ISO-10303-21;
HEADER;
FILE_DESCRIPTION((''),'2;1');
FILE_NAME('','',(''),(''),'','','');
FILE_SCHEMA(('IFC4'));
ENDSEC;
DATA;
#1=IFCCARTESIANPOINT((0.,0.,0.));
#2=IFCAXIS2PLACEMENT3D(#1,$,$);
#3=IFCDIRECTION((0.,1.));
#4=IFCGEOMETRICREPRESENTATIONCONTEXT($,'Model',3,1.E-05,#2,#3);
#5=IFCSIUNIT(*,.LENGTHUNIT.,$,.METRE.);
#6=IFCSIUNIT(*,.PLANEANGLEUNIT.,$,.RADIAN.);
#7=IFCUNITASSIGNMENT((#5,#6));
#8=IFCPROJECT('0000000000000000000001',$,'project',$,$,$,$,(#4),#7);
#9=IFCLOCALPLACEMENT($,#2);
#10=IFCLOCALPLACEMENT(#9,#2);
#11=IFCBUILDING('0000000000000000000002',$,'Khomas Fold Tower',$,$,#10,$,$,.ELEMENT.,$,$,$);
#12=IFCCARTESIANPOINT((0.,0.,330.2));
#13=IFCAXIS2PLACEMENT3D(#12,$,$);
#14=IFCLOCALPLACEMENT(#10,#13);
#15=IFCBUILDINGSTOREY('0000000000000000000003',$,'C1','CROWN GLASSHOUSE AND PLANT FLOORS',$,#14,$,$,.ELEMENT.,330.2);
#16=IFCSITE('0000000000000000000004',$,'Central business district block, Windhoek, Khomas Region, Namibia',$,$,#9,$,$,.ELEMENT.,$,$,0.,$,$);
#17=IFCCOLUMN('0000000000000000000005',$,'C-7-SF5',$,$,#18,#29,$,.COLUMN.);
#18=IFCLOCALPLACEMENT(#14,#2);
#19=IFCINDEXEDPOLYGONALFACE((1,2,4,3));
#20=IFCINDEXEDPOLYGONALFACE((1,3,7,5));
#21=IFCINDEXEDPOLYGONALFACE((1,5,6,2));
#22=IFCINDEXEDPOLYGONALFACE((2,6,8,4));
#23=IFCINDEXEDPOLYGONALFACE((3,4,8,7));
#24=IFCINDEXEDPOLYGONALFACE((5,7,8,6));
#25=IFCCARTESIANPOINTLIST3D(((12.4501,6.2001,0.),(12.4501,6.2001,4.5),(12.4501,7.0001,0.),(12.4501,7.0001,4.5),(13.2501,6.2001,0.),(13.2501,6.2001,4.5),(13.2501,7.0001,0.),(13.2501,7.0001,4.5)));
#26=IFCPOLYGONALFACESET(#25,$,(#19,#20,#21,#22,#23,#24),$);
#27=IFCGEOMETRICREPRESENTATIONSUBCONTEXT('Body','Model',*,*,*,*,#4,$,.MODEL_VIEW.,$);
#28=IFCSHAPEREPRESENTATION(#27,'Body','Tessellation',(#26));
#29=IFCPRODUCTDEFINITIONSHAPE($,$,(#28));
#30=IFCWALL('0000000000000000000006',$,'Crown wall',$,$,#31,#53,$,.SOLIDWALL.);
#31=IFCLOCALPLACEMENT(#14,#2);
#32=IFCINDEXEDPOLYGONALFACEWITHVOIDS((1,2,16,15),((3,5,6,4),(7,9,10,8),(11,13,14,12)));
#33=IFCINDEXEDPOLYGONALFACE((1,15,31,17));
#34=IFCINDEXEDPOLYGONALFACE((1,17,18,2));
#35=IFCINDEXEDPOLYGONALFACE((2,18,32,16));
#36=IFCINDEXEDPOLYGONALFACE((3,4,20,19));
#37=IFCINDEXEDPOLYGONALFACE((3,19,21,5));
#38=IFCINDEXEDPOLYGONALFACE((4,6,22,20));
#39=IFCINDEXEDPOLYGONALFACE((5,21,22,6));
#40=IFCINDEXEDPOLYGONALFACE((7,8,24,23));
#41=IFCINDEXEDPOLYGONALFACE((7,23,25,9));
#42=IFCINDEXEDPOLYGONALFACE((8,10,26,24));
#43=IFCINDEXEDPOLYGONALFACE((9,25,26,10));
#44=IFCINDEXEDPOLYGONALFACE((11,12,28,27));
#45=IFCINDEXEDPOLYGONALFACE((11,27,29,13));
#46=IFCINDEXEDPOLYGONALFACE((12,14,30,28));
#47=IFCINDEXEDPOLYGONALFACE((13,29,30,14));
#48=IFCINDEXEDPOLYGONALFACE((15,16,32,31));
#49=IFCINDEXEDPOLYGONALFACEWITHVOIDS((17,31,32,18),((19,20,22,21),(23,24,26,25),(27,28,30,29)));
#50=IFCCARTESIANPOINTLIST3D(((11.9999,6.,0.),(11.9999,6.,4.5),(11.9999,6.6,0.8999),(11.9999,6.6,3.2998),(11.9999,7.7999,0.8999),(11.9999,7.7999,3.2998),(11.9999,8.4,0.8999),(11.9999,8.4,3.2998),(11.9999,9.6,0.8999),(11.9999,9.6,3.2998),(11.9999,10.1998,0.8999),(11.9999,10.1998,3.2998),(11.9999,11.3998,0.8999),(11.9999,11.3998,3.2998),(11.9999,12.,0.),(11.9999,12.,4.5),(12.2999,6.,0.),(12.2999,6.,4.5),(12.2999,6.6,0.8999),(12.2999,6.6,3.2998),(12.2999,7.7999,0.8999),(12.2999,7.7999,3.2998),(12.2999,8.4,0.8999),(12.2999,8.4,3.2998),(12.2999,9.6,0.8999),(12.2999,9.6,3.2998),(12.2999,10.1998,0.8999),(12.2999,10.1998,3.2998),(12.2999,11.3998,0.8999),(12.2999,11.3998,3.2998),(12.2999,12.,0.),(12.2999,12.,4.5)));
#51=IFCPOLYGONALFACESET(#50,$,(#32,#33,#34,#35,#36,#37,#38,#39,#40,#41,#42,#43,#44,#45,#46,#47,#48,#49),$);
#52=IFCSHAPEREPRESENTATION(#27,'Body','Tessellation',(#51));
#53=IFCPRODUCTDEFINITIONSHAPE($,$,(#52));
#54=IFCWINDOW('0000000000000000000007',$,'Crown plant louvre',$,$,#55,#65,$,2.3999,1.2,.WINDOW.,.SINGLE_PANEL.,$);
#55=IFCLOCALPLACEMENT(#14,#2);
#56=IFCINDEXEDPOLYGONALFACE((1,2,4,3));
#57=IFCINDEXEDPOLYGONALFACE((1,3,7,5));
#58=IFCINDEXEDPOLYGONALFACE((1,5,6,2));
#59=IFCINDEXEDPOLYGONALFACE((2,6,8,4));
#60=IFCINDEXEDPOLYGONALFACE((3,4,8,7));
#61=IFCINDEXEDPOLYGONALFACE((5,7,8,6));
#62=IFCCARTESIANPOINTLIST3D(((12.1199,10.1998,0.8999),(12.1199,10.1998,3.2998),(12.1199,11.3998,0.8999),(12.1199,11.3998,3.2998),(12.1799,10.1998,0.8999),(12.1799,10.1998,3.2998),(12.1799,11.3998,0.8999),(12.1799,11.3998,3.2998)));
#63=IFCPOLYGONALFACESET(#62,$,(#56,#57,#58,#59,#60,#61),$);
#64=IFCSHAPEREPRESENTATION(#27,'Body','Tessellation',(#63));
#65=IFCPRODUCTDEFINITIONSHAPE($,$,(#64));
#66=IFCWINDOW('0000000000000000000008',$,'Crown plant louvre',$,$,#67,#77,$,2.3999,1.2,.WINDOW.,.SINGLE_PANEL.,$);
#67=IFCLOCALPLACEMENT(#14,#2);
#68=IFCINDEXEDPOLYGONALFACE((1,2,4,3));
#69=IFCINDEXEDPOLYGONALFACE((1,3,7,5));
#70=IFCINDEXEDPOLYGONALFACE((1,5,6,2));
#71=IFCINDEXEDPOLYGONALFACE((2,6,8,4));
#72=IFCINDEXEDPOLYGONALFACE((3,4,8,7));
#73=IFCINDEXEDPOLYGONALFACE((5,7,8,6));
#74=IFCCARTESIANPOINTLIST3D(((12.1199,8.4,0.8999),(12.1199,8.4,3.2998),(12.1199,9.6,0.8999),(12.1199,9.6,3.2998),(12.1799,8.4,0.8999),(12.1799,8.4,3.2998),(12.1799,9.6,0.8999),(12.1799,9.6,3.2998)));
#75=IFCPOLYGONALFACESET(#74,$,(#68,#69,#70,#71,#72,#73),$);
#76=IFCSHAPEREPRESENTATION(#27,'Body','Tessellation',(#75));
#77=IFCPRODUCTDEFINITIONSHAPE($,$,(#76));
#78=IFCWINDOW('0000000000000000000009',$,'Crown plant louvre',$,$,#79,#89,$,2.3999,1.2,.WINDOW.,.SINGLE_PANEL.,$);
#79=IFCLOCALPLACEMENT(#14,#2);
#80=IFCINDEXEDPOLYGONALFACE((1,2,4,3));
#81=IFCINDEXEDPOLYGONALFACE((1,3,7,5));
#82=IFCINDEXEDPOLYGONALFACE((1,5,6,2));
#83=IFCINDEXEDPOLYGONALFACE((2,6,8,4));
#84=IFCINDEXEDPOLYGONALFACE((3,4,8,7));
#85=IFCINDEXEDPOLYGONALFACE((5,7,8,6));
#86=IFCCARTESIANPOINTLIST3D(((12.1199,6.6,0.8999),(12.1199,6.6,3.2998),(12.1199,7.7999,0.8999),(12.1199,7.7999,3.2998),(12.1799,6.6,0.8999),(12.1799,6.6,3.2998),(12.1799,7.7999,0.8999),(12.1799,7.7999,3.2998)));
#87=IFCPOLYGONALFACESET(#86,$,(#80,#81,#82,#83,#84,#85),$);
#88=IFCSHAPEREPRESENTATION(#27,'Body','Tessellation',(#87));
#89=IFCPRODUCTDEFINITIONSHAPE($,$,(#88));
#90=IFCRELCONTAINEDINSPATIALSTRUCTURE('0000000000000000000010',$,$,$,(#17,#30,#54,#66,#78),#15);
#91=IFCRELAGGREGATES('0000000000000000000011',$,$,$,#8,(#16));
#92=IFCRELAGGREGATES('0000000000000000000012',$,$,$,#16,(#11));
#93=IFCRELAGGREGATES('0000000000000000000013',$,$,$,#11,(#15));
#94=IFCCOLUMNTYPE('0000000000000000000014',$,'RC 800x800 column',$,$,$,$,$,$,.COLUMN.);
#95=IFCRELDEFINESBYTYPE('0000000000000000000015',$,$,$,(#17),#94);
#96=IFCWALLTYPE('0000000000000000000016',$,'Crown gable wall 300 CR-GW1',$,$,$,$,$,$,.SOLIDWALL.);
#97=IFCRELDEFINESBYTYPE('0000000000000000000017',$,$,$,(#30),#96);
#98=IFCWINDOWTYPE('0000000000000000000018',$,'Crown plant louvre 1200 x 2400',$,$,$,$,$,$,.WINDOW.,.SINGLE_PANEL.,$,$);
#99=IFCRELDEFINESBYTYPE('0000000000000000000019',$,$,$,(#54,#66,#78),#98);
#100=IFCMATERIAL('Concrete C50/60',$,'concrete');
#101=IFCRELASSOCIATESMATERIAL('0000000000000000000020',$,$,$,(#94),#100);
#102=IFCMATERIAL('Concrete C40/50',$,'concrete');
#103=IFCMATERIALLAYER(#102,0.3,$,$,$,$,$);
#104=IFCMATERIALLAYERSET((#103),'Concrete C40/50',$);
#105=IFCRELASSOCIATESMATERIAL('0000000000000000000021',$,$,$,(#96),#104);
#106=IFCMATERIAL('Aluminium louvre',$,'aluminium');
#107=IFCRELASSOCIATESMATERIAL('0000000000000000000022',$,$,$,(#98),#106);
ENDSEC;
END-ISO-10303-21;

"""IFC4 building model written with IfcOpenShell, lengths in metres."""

from ifc_helpers import new_model, si_unit, direction, frame, frame_2d, origin, origin_2d, place, context, subcontext, project, spatial, rectangle, extrude, source, transform, mapped, material, layer, layer_set, material_profile, profile_set, type_object, element, fill, save


model = new_model("IFC4")

# Units and contexts
model_context = context("Model", 3, precision=1e-05, world=origin(), true_north=direction((0.0, 1.0)))
body_context = subcontext(model_context, "Body", "Model", "MODEL_VIEW")
ifc_project = project(units=[si_unit("LENGTHUNIT", "METRE"), si_unit("PLANEANGLEUNIT", "RADIAN")], contexts=[model_context])

# Site, building, storey
site_placement = place(None, origin())
site = spatial("IfcSite", under=ifc_project, at=site_placement, Name="Central business district block, Windhoek, Khomas Region, Namibia", CompositionType="ELEMENT", RefElevation=0.0)
building_placement = place(site_placement, origin())
building = spatial("IfcBuilding", under=site, at=building_placement, Name="Khomas Fold Tower", CompositionType="ELEMENT")
storey_placement = place(building_placement, frame((0.0, 0.0, 330.2)))
storey = spatial("IfcBuildingStorey", under=building, at=storey_placement, Name="C1", Description="CROWN GLASSHOUSE AND PLANT FLOORS", CompositionType="ELEMENT", Elevation=330.2)

# Column
ifc_material_1 = material(Name="Concrete C50/60", Category="concrete")
ifc_material_profile = material_profile(ifc_material_1, rectangle(XDim=0.8, YDim=0.8, at=origin_2d()), Name="RC 800x800")
ifc_profile_set = profile_set([ifc_material_profile], Name="Concrete C50/60")
column_type = type_object("IfcColumnType", Name="RC 800x800 column", PredefinedType="COLUMN", material=ifc_profile_set)
shared_shape_1 = source(origin(), body_context, "Body", "SweptSolid", [
    extrude(rectangle(XDim=0.8, YDim=0.8, at=origin_2d()), origin(), (0.0, 0.0, 1.0), 4.5),
])
column_placement = place(storey_placement, frame((12.8501, 6.6001, 0.0), z_axis=(0.0, 0.0, 1.0), x_axis=(1.0, 0.0, 0.0)))
element("IfcColumn", 1, at=column_placement, inside=storey, type_object=column_type, Name="C-7-SF5", PredefinedType="COLUMN", context=body_context, shape_type="MappedRepresentation", body=[
    mapped(shared_shape_1, transform((0.0, 0.0, 0.0))),
])

# Wall, openings, windows
ifc_material_2 = material(Name="Concrete C40/50", Category="concrete")
ifc_layer = layer(ifc_material_2, 0.3)
ifc_layer_set = layer_set([ifc_layer], Name="Concrete C40/50")
wall_type = type_object("IfcWallType", Name="Crown gable wall 300 CR-GW1", PredefinedType="SOLIDWALL", material=ifc_layer_set)
shared_shape_2 = source(origin(), body_context, "Body", "SweptSolid", [
    extrude(rectangle(XDim=6.0, YDim=0.3, at=frame_2d((3.0, 0.0))), origin(), (0.0, 0.0, 1.0), 4.5),
])
wall_placement = place(storey_placement, frame((12.1499, 12.0, 0.0), z_axis=(0.0, 0.0, 1.0), x_axis=(0.0, -1.0, 0.0)))
wall = element("IfcWall", 2, at=wall_placement, inside=storey, type_object=wall_type, Name="Crown wall", PredefinedType="SOLIDWALL", context=body_context, shape_type="MappedRepresentation", body=[
    mapped(shared_shape_2, transform((0.0, 0.0, 0.0))),
])
shared_shape_3 = source(origin(), body_context, "Body", "SweptSolid", [
    extrude(rectangle(XDim=1.2, YDim=2.3999, at=frame_2d((0.6001, 1.2))), frame((0.0, 0.1599, 0.0), z_axis=(0.0, -1.0, 0.0), x_axis=(1.0, 0.0, 0.0)), (0.0, 0.0, 1.0), 0.3201),
])
opening_1_placement = place(wall_placement, frame((0.6001, 0.0, 0.8999)))
opening_1 = element("IfcOpeningElement", 3, at=opening_1_placement, cuts=wall, PredefinedType="OPENING", context=body_context, shape_type="MappedRepresentation", body=[
    mapped(shared_shape_3, transform((0.0, 0.0, 0.0))),
])
opening_2_placement = place(wall_placement, frame((2.3999, 0.0, 0.8999)))
opening_2 = element("IfcOpeningElement", 4, at=opening_2_placement, cuts=wall, PredefinedType="OPENING", context=body_context, shape_type="MappedRepresentation", body=[
    mapped(shared_shape_3, transform((0.0, 0.0, 0.0))),
])
opening_3_placement = place(wall_placement, frame((4.2, 0.0, 0.8999)))
opening_3 = element("IfcOpeningElement", 5, at=opening_3_placement, cuts=wall, PredefinedType="OPENING", context=body_context, shape_type="MappedRepresentation", body=[
    mapped(shared_shape_3, transform((0.0, 0.0, 0.0))),
])
ifc_material_3 = material(Name="Aluminium louvre", Category="aluminium")
window_type = type_object("IfcWindowType", Name="Crown plant louvre 1200 x 2400", PartitioningType="SINGLE_PANEL", PredefinedType="WINDOW", material=ifc_material_3)
shared_shape_4 = source(origin(), body_context, "Body", "SweptSolid", [
    extrude(rectangle(XDim=1.2, YDim=2.3999, at=frame_2d((0.6001, 1.2))), frame((0.0, 0.03, 0.0), z_axis=(0.0, -1.0, 0.0), x_axis=(1.0, 0.0, 0.0)), (0.0, 0.0, 1.0), 0.0601),
])
window_1_placement = place(opening_1_placement, origin())
window_1 = element("IfcWindow", 6, at=window_1_placement, inside=storey, type_object=window_type, Name="Crown plant louvre", OverallHeight=2.3999, OverallWidth=1.2, PartitioningType="SINGLE_PANEL", PredefinedType="WINDOW", context=body_context, shape_type="MappedRepresentation", body=[
    mapped(shared_shape_4, transform((0.0, 0.0, 0.0))),
])
fill(opening_1, window_1)
window_2_placement = place(opening_2_placement, origin())
window_2 = element("IfcWindow", 7, at=window_2_placement, inside=storey, type_object=window_type, Name="Crown plant louvre", OverallHeight=2.3999, OverallWidth=1.2, PartitioningType="SINGLE_PANEL", PredefinedType="WINDOW", context=body_context, shape_type="MappedRepresentation", body=[
    mapped(shared_shape_4, transform((0.0, 0.0, 0.0))),
])
fill(opening_2, window_2)
window_3_placement = place(opening_3_placement, origin())
window_3 = element("IfcWindow", 8, at=window_3_placement, inside=storey, type_object=window_type, Name="Crown plant louvre", OverallHeight=2.3999, OverallWidth=1.2, PartitioningType="SINGLE_PANEL", PredefinedType="WINDOW", context=body_context, shape_type="MappedRepresentation", body=[
    mapped(shared_shape_4, transform((0.0, 0.0, 0.0))),
])
fill(opening_3, window_3)

save(model, "model.ifc")
